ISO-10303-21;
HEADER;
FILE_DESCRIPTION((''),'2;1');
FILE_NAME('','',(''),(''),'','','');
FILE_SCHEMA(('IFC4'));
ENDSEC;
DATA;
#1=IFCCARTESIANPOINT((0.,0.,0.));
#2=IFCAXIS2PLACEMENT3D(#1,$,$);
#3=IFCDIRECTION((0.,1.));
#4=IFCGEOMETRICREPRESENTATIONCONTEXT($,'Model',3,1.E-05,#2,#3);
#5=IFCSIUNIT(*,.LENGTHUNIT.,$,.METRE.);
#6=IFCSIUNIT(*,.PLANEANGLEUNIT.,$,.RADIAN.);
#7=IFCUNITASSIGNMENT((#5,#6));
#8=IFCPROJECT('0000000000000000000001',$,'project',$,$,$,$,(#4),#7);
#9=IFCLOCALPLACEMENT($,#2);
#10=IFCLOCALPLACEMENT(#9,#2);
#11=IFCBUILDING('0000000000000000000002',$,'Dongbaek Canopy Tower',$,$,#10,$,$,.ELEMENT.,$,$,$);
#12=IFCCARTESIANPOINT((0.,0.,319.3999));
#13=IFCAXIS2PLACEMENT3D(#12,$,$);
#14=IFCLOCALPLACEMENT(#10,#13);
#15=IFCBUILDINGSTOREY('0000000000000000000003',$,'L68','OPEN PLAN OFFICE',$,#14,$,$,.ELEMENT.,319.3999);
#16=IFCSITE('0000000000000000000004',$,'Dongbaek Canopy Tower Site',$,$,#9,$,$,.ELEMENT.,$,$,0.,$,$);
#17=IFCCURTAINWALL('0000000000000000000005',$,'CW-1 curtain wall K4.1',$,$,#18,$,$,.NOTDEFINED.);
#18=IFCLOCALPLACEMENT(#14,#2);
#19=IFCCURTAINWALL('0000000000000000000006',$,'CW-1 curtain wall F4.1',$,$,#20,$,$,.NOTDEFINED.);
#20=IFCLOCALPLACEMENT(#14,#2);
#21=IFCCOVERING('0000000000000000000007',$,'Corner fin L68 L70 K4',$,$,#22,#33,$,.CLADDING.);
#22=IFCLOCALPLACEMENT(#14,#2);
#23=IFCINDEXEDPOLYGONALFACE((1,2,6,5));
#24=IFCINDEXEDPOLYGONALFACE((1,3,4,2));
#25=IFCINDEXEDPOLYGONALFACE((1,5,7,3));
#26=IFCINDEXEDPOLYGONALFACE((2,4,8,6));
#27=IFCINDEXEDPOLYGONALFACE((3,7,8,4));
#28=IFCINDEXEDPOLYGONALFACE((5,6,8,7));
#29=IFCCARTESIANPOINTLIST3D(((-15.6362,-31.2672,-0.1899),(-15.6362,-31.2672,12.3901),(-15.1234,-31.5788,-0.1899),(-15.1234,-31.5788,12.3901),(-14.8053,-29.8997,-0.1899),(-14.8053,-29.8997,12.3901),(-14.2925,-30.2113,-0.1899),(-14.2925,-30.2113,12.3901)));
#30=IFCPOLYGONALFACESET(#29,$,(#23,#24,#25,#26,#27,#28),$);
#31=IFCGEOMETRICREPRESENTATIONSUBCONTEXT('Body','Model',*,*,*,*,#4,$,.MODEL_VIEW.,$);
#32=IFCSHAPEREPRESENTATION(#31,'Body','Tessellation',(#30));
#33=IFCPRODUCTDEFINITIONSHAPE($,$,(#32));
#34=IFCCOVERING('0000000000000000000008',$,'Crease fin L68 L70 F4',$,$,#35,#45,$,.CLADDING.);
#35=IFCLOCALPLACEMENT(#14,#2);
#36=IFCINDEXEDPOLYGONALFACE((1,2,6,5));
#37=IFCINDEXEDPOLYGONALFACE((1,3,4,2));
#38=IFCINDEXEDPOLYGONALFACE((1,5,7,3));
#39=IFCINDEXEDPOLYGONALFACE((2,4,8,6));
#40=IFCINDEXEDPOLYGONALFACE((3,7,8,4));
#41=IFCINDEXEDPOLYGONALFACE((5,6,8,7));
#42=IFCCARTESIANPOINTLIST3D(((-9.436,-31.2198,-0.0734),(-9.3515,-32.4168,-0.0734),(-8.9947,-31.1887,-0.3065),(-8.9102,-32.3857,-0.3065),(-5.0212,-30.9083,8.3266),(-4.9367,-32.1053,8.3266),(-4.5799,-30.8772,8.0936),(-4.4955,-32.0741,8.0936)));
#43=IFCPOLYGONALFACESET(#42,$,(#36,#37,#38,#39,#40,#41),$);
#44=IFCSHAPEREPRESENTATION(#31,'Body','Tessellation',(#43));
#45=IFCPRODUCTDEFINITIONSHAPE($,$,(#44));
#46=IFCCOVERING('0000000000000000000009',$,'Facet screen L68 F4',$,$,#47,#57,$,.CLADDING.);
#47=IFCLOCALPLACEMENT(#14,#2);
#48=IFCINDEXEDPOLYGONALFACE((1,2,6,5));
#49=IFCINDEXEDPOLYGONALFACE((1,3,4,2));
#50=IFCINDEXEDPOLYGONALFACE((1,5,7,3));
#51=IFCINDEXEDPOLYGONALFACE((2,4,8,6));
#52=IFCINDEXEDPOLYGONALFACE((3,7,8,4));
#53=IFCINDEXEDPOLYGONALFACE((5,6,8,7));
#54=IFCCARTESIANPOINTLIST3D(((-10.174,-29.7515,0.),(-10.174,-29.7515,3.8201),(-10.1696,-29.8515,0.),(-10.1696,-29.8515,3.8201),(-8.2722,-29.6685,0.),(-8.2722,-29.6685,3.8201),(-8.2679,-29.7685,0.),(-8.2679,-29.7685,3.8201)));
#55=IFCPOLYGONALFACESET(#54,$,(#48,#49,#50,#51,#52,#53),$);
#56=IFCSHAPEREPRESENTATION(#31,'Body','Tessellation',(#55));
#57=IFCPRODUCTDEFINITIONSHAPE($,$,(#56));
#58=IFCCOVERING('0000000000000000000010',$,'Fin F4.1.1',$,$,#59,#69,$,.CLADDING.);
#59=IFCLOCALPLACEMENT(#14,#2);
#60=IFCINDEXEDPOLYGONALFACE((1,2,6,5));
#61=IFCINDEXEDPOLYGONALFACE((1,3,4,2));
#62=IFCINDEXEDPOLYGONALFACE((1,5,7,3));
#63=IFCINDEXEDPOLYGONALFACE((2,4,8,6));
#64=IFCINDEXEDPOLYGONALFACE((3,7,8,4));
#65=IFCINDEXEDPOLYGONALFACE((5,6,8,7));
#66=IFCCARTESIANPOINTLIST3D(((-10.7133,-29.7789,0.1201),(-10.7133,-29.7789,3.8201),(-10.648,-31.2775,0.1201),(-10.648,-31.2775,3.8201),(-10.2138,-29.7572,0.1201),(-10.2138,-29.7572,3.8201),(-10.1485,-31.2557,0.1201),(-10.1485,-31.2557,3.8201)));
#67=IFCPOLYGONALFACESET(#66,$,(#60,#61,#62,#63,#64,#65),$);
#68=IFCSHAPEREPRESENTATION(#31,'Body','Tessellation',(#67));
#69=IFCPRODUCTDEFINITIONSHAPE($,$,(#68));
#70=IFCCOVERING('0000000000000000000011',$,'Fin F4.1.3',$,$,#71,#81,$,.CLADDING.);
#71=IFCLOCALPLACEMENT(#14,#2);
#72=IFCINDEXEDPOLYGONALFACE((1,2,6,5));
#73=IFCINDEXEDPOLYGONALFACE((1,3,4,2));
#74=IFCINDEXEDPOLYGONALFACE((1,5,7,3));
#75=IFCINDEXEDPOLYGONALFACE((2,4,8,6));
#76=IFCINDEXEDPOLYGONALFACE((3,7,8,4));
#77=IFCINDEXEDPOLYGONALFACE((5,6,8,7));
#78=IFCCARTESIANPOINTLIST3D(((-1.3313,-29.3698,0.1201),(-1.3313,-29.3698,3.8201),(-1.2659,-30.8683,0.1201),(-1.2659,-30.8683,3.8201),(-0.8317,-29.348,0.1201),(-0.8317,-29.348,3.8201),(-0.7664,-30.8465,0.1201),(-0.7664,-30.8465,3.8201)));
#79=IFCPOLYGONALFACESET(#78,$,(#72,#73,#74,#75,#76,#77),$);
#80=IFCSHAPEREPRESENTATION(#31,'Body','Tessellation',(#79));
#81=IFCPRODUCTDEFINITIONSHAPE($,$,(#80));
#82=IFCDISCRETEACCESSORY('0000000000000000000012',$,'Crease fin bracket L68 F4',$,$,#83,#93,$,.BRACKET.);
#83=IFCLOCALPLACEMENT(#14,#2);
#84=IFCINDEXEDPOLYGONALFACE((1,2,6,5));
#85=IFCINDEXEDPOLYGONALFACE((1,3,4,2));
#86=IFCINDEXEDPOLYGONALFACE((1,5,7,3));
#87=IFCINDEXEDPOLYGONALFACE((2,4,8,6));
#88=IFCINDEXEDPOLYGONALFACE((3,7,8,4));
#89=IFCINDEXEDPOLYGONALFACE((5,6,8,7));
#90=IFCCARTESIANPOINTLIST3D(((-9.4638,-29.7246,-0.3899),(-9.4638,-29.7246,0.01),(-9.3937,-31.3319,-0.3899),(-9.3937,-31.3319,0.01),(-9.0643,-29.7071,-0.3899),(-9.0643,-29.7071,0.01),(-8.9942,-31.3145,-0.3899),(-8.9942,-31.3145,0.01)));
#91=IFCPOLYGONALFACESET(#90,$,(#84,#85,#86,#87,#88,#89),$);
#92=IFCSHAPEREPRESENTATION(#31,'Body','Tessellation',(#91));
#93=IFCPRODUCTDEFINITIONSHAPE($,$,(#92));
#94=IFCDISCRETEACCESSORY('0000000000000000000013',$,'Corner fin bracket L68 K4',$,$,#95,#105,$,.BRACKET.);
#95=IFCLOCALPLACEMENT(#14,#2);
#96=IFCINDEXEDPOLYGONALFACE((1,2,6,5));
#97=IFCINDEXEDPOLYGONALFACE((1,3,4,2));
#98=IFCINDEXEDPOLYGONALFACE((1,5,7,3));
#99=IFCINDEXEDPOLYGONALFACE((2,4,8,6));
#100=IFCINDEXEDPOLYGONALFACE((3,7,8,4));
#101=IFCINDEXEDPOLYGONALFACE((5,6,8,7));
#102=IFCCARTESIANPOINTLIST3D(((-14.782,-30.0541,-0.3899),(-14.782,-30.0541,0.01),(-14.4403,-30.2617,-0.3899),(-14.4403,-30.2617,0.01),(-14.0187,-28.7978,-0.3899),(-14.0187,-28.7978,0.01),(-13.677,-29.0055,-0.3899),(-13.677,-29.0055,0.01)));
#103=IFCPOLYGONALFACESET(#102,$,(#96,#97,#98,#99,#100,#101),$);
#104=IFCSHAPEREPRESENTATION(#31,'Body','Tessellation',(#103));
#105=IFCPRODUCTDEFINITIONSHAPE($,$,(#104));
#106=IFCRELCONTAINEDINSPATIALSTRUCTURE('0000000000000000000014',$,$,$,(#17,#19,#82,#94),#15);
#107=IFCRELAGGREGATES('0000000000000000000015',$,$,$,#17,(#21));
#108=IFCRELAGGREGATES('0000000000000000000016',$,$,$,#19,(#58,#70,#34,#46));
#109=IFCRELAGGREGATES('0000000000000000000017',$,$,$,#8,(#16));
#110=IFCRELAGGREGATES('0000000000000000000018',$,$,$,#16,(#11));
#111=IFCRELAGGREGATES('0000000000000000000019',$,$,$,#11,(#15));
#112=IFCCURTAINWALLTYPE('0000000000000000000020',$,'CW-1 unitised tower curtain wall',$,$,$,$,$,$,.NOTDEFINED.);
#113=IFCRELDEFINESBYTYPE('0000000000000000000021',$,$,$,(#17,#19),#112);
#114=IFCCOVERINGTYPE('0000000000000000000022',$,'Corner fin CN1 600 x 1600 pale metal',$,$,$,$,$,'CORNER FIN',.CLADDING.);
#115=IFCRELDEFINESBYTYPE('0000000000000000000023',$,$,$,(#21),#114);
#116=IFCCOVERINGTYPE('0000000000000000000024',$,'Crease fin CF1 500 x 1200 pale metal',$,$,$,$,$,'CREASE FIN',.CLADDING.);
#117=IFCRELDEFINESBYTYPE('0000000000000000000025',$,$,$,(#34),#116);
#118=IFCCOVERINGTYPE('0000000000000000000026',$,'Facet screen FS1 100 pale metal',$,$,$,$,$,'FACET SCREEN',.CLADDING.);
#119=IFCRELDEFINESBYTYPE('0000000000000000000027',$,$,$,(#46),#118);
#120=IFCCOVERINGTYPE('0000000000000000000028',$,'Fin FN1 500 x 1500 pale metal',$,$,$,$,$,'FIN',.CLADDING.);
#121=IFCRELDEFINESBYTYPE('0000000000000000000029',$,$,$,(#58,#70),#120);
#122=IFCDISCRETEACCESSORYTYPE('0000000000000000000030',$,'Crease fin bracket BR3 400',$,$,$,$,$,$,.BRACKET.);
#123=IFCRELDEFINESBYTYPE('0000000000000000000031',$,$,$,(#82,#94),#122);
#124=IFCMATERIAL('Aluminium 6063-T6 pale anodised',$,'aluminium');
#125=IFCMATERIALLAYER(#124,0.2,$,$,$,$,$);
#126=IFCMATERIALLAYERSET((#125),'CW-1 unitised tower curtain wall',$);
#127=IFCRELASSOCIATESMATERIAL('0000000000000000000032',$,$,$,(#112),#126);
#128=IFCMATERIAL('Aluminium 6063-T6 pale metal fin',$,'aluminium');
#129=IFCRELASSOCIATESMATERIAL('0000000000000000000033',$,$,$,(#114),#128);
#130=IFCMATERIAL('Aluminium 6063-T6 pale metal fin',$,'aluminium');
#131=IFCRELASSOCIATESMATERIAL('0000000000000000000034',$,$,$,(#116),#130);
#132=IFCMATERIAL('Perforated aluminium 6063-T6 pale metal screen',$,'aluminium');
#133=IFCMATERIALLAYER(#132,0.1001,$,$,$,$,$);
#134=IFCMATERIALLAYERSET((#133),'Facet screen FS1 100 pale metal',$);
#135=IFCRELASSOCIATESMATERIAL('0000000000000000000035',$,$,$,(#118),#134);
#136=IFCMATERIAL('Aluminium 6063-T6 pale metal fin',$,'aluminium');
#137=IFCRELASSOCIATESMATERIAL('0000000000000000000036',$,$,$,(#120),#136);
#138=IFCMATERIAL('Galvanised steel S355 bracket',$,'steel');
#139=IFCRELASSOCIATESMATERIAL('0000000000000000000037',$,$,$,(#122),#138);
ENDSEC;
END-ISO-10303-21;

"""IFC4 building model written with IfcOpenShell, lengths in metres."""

from ifc_helpers import new_model, si_unit, direction, frame, origin, origin_2d, place, context, subcontext, project, spatial, rectangle, extrude, material, layer, layer_set, material_profile, profile_set, type_object, element, aggregate, save


model = new_model("IFC4")

# Units and contexts
model_context = context("Model", 3, precision=1e-05, world=origin(), true_north=direction((0.0, 1.0)))
body_context = subcontext(model_context, "Body", "Model", "MODEL_VIEW")
ifc_project = project(units=[si_unit("LENGTHUNIT", "METRE"), si_unit("PLANEANGLEUNIT", "RADIAN")], contexts=[model_context])

# Site, building, storey
site_placement = place(None, origin())
site = spatial("IfcSite", under=ifc_project, at=site_placement, Name="Dongbaek Canopy Tower Site", CompositionType="ELEMENT", RefElevation=0.0)
building_placement = place(site_placement, origin())
building = spatial("IfcBuilding", under=site, at=building_placement, Name="Dongbaek Canopy Tower", CompositionType="ELEMENT")
storey_placement = place(building_placement, frame((0.0, 0.0, 319.3999)))
storey = spatial("IfcBuildingStorey", under=building, at=storey_placement, Name="L68", Description="OPEN PLAN OFFICE", CompositionType="ELEMENT", Elevation=319.3999)

# Curtain walls
ifc_material_1 = material(Name="Aluminium 6063-T6 pale anodised", Category="aluminium")
ifc_layer_1 = layer(ifc_material_1, 0.2)
ifc_layer_set_1 = layer_set([ifc_layer_1], Name="CW-1 unitised tower curtain wall")
curtain_wall_type = type_object("IfcCurtainWallType", Name="CW-1 unitised tower curtain wall", PredefinedType="NOTDEFINED", material=ifc_layer_set_1)
curtain_wall_1_placement = place(storey_placement, origin())
curtain_wall_1 = element("IfcCurtainWall", 1, at=curtain_wall_1_placement, inside=storey, type_object=curtain_wall_type, Name="CW-1 curtain wall K4.1", PredefinedType="NOTDEFINED")
curtain_wall_2_placement = place(storey_placement, origin())
curtain_wall_2 = element("IfcCurtainWall", 2, at=curtain_wall_2_placement, inside=storey, type_object=curtain_wall_type, Name="CW-1 curtain wall F4.1", PredefinedType="NOTDEFINED")

# Coverings
ifc_material_2 = material(Name="Aluminium 6063-T6 pale metal fin", Category="aluminium")
ifc_material_profile_1 = material_profile(ifc_material_2, rectangle(XDim=1.6001, YDim=0.6001, at=origin_2d()), Name="Corner fin CN1 600 x 1600 pale metal")
ifc_profile_set_1 = profile_set([ifc_material_profile_1], Name="Aluminium 6063-T6 pale metal fin")
covering_type_1 = type_object("IfcCoveringType", Name="Corner fin CN1 600 x 1600 pale metal", ElementType="CORNER FIN", PredefinedType="CLADDING", material=ifc_profile_set_1)
covering_1_placement = place(storey_placement, frame((-14.9644, -30.7393, -0.1899), z_axis=(0.0, 0.0, 1.0), x_axis=(-0.519267, -0.854612, 0.0)))
covering_1 = element("IfcCovering", 3, at=covering_1_placement, type_object=covering_type_1, Name="Corner fin L68 L70 K4", PredefinedType="CLADDING", context=body_context, shape_type="SweptSolid", body=[
    extrude(rectangle(XDim=1.6001, YDim=0.6001, at=origin_2d()), origin(), (0.0, 0.0, 1.0), 12.5801),
])
aggregate(curtain_wall_1, [covering_1])
ifc_material_3 = material(Name="Aluminium 6063-T6 pale metal fin", Category="aluminium")
ifc_material_profile_2 = material_profile(ifc_material_3, rectangle(XDim=1.2, YDim=0.5, at=origin_2d()), Name="Crease fin CF1 500 x 1200 pale metal")
ifc_profile_set_2 = profile_set([ifc_material_profile_2], Name="Aluminium 6063-T6 pale metal fin")
covering_type_2 = type_object("IfcCoveringType", Name="Crease fin CF1 500 x 1200 pale metal", ElementType="CREASE FIN", PredefinedType="CLADDING", material=ifc_profile_set_2)
covering_2_placement = place(storey_placement, frame((-9.1731, -31.8027, -0.1899), z_axis=(0.464973, 0.03281, 0.884717), x_axis=(-0.070388, 0.99752, 0.0)))
covering_2 = element("IfcCovering", 4, at=covering_2_placement, type_object=covering_type_2, Name="Crease fin L68 L70 F4", PredefinedType="CLADDING", context=body_context, shape_type="SweptSolid", body=[
    extrude(rectangle(XDim=1.2, YDim=0.5, at=origin_2d()), origin(), (0.0, 0.0, 1.0), 9.4946),
])
ifc_material_4 = material(Name="Perforated aluminium 6063-T6 pale metal screen", Category="aluminium")
ifc_layer_2 = layer(ifc_material_4, 0.1001)
ifc_layer_set_2 = layer_set([ifc_layer_2], Name="Facet screen FS1 100 pale metal")
covering_type_3 = type_object("IfcCoveringType", Name="Facet screen FS1 100 pale metal", ElementType="FACET SCREEN", PredefinedType="CLADDING", material=ifc_layer_set_2)
covering_3_placement = place(storey_placement, frame((-9.2209, -29.76, 0.0), z_axis=(0.0, 0.0, 1.0), x_axis=(0.99905, 0.043572, 0.0)))
covering_3 = element("IfcCovering", 5, at=covering_3_placement, type_object=covering_type_3, Name="Facet screen L68 F4", PredefinedType="CLADDING", context=body_context, shape_type="SweptSolid", body=[
    extrude(rectangle(XDim=1.9036, YDim=0.1001, at=origin_2d()), origin(), (0.0, 0.0, 1.0), 3.8201),
])
ifc_material_5 = material(Name="Aluminium 6063-T6 pale metal fin", Category="aluminium")
ifc_material_profile_3 = material_profile(ifc_material_5, rectangle(XDim=1.5, YDim=0.5, at=origin_2d()), Name="Fin FN1 500 x 1500 pale metal")
ifc_profile_set_3 = profile_set([ifc_material_profile_3], Name="Aluminium 6063-T6 pale metal fin")
covering_type_4 = type_object("IfcCoveringType", Name="Fin FN1 500 x 1500 pale metal", ElementType="FIN", PredefinedType="CLADDING", material=ifc_profile_set_3)
covering_4_placement = place(storey_placement, frame((-10.4309, -30.5173, 0.1201), z_axis=(0.0, 0.0, 1.0), x_axis=(0.043572, -0.99905, 0.0)))
covering_4 = element("IfcCovering", 6, at=covering_4_placement, type_object=covering_type_4, Name="Fin F4.1.1", PredefinedType="CLADDING", context=body_context, shape_type="SweptSolid", body=[
    extrude(rectangle(XDim=1.5, YDim=0.5, at=origin_2d()), origin(), (0.0, 0.0, 1.0), 3.7),
])
covering_5_placement = place(storey_placement, frame((-1.0488, -30.1082, 0.1201), z_axis=(0.0, 0.0, 1.0), x_axis=(0.043572, -0.99905, 0.0)))
covering_5 = element("IfcCovering", 7, at=covering_5_placement, type_object=covering_type_4, Name="Fin F4.1.3", PredefinedType="CLADDING", context=body_context, shape_type="SweptSolid", body=[
    extrude(rectangle(XDim=1.5, YDim=0.5, at=origin_2d()), origin(), (0.0, 0.0, 1.0), 3.7),
])
aggregate(curtain_wall_2, [covering_4, covering_5, covering_2, covering_3])

# Discrete accessories
ifc_material_6 = material(Name="Galvanised steel S355 bracket", Category="steel")
discrete_accessory_type = type_object("IfcDiscreteAccessoryType", Name="Crease fin bracket BR3 400", PredefinedType="BRACKET", material=ifc_material_6)
discrete_accessory_1_placement = place(storey_placement, frame((-9.229, -30.5195, -0.3899), z_axis=(0.0, 0.0, 1.0), x_axis=(0.043572, -0.99905, 0.0)))
element("IfcDiscreteAccessory", 8, at=discrete_accessory_1_placement, inside=storey, type_object=discrete_accessory_type, Name="Crease fin bracket L68 F4", PredefinedType="BRACKET", context=body_context, shape_type="SweptSolid", body=[
    extrude(rectangle(XDim=1.6089, YDim=0.3999, at=origin_2d()), origin(), (0.0, 0.0, 1.0), 0.3999),
])
discrete_accessory_2_placement = place(storey_placement, frame((-14.2295, -29.5298, -0.3899), z_axis=(0.0, 0.0, 1.0), x_axis=(-0.519267, -0.854612, 0.0)))
element("IfcDiscreteAccessory", 9, at=discrete_accessory_2_placement, inside=storey, type_object=discrete_accessory_type, Name="Corner fin bracket L68 K4", PredefinedType="BRACKET", context=body_context, shape_type="SweptSolid", body=[
    extrude(rectangle(XDim=1.47, YDim=0.3999, at=origin_2d()), origin(), (0.0, 0.0, 1.0), 0.3999),
])

save(model, "model.ifc")
